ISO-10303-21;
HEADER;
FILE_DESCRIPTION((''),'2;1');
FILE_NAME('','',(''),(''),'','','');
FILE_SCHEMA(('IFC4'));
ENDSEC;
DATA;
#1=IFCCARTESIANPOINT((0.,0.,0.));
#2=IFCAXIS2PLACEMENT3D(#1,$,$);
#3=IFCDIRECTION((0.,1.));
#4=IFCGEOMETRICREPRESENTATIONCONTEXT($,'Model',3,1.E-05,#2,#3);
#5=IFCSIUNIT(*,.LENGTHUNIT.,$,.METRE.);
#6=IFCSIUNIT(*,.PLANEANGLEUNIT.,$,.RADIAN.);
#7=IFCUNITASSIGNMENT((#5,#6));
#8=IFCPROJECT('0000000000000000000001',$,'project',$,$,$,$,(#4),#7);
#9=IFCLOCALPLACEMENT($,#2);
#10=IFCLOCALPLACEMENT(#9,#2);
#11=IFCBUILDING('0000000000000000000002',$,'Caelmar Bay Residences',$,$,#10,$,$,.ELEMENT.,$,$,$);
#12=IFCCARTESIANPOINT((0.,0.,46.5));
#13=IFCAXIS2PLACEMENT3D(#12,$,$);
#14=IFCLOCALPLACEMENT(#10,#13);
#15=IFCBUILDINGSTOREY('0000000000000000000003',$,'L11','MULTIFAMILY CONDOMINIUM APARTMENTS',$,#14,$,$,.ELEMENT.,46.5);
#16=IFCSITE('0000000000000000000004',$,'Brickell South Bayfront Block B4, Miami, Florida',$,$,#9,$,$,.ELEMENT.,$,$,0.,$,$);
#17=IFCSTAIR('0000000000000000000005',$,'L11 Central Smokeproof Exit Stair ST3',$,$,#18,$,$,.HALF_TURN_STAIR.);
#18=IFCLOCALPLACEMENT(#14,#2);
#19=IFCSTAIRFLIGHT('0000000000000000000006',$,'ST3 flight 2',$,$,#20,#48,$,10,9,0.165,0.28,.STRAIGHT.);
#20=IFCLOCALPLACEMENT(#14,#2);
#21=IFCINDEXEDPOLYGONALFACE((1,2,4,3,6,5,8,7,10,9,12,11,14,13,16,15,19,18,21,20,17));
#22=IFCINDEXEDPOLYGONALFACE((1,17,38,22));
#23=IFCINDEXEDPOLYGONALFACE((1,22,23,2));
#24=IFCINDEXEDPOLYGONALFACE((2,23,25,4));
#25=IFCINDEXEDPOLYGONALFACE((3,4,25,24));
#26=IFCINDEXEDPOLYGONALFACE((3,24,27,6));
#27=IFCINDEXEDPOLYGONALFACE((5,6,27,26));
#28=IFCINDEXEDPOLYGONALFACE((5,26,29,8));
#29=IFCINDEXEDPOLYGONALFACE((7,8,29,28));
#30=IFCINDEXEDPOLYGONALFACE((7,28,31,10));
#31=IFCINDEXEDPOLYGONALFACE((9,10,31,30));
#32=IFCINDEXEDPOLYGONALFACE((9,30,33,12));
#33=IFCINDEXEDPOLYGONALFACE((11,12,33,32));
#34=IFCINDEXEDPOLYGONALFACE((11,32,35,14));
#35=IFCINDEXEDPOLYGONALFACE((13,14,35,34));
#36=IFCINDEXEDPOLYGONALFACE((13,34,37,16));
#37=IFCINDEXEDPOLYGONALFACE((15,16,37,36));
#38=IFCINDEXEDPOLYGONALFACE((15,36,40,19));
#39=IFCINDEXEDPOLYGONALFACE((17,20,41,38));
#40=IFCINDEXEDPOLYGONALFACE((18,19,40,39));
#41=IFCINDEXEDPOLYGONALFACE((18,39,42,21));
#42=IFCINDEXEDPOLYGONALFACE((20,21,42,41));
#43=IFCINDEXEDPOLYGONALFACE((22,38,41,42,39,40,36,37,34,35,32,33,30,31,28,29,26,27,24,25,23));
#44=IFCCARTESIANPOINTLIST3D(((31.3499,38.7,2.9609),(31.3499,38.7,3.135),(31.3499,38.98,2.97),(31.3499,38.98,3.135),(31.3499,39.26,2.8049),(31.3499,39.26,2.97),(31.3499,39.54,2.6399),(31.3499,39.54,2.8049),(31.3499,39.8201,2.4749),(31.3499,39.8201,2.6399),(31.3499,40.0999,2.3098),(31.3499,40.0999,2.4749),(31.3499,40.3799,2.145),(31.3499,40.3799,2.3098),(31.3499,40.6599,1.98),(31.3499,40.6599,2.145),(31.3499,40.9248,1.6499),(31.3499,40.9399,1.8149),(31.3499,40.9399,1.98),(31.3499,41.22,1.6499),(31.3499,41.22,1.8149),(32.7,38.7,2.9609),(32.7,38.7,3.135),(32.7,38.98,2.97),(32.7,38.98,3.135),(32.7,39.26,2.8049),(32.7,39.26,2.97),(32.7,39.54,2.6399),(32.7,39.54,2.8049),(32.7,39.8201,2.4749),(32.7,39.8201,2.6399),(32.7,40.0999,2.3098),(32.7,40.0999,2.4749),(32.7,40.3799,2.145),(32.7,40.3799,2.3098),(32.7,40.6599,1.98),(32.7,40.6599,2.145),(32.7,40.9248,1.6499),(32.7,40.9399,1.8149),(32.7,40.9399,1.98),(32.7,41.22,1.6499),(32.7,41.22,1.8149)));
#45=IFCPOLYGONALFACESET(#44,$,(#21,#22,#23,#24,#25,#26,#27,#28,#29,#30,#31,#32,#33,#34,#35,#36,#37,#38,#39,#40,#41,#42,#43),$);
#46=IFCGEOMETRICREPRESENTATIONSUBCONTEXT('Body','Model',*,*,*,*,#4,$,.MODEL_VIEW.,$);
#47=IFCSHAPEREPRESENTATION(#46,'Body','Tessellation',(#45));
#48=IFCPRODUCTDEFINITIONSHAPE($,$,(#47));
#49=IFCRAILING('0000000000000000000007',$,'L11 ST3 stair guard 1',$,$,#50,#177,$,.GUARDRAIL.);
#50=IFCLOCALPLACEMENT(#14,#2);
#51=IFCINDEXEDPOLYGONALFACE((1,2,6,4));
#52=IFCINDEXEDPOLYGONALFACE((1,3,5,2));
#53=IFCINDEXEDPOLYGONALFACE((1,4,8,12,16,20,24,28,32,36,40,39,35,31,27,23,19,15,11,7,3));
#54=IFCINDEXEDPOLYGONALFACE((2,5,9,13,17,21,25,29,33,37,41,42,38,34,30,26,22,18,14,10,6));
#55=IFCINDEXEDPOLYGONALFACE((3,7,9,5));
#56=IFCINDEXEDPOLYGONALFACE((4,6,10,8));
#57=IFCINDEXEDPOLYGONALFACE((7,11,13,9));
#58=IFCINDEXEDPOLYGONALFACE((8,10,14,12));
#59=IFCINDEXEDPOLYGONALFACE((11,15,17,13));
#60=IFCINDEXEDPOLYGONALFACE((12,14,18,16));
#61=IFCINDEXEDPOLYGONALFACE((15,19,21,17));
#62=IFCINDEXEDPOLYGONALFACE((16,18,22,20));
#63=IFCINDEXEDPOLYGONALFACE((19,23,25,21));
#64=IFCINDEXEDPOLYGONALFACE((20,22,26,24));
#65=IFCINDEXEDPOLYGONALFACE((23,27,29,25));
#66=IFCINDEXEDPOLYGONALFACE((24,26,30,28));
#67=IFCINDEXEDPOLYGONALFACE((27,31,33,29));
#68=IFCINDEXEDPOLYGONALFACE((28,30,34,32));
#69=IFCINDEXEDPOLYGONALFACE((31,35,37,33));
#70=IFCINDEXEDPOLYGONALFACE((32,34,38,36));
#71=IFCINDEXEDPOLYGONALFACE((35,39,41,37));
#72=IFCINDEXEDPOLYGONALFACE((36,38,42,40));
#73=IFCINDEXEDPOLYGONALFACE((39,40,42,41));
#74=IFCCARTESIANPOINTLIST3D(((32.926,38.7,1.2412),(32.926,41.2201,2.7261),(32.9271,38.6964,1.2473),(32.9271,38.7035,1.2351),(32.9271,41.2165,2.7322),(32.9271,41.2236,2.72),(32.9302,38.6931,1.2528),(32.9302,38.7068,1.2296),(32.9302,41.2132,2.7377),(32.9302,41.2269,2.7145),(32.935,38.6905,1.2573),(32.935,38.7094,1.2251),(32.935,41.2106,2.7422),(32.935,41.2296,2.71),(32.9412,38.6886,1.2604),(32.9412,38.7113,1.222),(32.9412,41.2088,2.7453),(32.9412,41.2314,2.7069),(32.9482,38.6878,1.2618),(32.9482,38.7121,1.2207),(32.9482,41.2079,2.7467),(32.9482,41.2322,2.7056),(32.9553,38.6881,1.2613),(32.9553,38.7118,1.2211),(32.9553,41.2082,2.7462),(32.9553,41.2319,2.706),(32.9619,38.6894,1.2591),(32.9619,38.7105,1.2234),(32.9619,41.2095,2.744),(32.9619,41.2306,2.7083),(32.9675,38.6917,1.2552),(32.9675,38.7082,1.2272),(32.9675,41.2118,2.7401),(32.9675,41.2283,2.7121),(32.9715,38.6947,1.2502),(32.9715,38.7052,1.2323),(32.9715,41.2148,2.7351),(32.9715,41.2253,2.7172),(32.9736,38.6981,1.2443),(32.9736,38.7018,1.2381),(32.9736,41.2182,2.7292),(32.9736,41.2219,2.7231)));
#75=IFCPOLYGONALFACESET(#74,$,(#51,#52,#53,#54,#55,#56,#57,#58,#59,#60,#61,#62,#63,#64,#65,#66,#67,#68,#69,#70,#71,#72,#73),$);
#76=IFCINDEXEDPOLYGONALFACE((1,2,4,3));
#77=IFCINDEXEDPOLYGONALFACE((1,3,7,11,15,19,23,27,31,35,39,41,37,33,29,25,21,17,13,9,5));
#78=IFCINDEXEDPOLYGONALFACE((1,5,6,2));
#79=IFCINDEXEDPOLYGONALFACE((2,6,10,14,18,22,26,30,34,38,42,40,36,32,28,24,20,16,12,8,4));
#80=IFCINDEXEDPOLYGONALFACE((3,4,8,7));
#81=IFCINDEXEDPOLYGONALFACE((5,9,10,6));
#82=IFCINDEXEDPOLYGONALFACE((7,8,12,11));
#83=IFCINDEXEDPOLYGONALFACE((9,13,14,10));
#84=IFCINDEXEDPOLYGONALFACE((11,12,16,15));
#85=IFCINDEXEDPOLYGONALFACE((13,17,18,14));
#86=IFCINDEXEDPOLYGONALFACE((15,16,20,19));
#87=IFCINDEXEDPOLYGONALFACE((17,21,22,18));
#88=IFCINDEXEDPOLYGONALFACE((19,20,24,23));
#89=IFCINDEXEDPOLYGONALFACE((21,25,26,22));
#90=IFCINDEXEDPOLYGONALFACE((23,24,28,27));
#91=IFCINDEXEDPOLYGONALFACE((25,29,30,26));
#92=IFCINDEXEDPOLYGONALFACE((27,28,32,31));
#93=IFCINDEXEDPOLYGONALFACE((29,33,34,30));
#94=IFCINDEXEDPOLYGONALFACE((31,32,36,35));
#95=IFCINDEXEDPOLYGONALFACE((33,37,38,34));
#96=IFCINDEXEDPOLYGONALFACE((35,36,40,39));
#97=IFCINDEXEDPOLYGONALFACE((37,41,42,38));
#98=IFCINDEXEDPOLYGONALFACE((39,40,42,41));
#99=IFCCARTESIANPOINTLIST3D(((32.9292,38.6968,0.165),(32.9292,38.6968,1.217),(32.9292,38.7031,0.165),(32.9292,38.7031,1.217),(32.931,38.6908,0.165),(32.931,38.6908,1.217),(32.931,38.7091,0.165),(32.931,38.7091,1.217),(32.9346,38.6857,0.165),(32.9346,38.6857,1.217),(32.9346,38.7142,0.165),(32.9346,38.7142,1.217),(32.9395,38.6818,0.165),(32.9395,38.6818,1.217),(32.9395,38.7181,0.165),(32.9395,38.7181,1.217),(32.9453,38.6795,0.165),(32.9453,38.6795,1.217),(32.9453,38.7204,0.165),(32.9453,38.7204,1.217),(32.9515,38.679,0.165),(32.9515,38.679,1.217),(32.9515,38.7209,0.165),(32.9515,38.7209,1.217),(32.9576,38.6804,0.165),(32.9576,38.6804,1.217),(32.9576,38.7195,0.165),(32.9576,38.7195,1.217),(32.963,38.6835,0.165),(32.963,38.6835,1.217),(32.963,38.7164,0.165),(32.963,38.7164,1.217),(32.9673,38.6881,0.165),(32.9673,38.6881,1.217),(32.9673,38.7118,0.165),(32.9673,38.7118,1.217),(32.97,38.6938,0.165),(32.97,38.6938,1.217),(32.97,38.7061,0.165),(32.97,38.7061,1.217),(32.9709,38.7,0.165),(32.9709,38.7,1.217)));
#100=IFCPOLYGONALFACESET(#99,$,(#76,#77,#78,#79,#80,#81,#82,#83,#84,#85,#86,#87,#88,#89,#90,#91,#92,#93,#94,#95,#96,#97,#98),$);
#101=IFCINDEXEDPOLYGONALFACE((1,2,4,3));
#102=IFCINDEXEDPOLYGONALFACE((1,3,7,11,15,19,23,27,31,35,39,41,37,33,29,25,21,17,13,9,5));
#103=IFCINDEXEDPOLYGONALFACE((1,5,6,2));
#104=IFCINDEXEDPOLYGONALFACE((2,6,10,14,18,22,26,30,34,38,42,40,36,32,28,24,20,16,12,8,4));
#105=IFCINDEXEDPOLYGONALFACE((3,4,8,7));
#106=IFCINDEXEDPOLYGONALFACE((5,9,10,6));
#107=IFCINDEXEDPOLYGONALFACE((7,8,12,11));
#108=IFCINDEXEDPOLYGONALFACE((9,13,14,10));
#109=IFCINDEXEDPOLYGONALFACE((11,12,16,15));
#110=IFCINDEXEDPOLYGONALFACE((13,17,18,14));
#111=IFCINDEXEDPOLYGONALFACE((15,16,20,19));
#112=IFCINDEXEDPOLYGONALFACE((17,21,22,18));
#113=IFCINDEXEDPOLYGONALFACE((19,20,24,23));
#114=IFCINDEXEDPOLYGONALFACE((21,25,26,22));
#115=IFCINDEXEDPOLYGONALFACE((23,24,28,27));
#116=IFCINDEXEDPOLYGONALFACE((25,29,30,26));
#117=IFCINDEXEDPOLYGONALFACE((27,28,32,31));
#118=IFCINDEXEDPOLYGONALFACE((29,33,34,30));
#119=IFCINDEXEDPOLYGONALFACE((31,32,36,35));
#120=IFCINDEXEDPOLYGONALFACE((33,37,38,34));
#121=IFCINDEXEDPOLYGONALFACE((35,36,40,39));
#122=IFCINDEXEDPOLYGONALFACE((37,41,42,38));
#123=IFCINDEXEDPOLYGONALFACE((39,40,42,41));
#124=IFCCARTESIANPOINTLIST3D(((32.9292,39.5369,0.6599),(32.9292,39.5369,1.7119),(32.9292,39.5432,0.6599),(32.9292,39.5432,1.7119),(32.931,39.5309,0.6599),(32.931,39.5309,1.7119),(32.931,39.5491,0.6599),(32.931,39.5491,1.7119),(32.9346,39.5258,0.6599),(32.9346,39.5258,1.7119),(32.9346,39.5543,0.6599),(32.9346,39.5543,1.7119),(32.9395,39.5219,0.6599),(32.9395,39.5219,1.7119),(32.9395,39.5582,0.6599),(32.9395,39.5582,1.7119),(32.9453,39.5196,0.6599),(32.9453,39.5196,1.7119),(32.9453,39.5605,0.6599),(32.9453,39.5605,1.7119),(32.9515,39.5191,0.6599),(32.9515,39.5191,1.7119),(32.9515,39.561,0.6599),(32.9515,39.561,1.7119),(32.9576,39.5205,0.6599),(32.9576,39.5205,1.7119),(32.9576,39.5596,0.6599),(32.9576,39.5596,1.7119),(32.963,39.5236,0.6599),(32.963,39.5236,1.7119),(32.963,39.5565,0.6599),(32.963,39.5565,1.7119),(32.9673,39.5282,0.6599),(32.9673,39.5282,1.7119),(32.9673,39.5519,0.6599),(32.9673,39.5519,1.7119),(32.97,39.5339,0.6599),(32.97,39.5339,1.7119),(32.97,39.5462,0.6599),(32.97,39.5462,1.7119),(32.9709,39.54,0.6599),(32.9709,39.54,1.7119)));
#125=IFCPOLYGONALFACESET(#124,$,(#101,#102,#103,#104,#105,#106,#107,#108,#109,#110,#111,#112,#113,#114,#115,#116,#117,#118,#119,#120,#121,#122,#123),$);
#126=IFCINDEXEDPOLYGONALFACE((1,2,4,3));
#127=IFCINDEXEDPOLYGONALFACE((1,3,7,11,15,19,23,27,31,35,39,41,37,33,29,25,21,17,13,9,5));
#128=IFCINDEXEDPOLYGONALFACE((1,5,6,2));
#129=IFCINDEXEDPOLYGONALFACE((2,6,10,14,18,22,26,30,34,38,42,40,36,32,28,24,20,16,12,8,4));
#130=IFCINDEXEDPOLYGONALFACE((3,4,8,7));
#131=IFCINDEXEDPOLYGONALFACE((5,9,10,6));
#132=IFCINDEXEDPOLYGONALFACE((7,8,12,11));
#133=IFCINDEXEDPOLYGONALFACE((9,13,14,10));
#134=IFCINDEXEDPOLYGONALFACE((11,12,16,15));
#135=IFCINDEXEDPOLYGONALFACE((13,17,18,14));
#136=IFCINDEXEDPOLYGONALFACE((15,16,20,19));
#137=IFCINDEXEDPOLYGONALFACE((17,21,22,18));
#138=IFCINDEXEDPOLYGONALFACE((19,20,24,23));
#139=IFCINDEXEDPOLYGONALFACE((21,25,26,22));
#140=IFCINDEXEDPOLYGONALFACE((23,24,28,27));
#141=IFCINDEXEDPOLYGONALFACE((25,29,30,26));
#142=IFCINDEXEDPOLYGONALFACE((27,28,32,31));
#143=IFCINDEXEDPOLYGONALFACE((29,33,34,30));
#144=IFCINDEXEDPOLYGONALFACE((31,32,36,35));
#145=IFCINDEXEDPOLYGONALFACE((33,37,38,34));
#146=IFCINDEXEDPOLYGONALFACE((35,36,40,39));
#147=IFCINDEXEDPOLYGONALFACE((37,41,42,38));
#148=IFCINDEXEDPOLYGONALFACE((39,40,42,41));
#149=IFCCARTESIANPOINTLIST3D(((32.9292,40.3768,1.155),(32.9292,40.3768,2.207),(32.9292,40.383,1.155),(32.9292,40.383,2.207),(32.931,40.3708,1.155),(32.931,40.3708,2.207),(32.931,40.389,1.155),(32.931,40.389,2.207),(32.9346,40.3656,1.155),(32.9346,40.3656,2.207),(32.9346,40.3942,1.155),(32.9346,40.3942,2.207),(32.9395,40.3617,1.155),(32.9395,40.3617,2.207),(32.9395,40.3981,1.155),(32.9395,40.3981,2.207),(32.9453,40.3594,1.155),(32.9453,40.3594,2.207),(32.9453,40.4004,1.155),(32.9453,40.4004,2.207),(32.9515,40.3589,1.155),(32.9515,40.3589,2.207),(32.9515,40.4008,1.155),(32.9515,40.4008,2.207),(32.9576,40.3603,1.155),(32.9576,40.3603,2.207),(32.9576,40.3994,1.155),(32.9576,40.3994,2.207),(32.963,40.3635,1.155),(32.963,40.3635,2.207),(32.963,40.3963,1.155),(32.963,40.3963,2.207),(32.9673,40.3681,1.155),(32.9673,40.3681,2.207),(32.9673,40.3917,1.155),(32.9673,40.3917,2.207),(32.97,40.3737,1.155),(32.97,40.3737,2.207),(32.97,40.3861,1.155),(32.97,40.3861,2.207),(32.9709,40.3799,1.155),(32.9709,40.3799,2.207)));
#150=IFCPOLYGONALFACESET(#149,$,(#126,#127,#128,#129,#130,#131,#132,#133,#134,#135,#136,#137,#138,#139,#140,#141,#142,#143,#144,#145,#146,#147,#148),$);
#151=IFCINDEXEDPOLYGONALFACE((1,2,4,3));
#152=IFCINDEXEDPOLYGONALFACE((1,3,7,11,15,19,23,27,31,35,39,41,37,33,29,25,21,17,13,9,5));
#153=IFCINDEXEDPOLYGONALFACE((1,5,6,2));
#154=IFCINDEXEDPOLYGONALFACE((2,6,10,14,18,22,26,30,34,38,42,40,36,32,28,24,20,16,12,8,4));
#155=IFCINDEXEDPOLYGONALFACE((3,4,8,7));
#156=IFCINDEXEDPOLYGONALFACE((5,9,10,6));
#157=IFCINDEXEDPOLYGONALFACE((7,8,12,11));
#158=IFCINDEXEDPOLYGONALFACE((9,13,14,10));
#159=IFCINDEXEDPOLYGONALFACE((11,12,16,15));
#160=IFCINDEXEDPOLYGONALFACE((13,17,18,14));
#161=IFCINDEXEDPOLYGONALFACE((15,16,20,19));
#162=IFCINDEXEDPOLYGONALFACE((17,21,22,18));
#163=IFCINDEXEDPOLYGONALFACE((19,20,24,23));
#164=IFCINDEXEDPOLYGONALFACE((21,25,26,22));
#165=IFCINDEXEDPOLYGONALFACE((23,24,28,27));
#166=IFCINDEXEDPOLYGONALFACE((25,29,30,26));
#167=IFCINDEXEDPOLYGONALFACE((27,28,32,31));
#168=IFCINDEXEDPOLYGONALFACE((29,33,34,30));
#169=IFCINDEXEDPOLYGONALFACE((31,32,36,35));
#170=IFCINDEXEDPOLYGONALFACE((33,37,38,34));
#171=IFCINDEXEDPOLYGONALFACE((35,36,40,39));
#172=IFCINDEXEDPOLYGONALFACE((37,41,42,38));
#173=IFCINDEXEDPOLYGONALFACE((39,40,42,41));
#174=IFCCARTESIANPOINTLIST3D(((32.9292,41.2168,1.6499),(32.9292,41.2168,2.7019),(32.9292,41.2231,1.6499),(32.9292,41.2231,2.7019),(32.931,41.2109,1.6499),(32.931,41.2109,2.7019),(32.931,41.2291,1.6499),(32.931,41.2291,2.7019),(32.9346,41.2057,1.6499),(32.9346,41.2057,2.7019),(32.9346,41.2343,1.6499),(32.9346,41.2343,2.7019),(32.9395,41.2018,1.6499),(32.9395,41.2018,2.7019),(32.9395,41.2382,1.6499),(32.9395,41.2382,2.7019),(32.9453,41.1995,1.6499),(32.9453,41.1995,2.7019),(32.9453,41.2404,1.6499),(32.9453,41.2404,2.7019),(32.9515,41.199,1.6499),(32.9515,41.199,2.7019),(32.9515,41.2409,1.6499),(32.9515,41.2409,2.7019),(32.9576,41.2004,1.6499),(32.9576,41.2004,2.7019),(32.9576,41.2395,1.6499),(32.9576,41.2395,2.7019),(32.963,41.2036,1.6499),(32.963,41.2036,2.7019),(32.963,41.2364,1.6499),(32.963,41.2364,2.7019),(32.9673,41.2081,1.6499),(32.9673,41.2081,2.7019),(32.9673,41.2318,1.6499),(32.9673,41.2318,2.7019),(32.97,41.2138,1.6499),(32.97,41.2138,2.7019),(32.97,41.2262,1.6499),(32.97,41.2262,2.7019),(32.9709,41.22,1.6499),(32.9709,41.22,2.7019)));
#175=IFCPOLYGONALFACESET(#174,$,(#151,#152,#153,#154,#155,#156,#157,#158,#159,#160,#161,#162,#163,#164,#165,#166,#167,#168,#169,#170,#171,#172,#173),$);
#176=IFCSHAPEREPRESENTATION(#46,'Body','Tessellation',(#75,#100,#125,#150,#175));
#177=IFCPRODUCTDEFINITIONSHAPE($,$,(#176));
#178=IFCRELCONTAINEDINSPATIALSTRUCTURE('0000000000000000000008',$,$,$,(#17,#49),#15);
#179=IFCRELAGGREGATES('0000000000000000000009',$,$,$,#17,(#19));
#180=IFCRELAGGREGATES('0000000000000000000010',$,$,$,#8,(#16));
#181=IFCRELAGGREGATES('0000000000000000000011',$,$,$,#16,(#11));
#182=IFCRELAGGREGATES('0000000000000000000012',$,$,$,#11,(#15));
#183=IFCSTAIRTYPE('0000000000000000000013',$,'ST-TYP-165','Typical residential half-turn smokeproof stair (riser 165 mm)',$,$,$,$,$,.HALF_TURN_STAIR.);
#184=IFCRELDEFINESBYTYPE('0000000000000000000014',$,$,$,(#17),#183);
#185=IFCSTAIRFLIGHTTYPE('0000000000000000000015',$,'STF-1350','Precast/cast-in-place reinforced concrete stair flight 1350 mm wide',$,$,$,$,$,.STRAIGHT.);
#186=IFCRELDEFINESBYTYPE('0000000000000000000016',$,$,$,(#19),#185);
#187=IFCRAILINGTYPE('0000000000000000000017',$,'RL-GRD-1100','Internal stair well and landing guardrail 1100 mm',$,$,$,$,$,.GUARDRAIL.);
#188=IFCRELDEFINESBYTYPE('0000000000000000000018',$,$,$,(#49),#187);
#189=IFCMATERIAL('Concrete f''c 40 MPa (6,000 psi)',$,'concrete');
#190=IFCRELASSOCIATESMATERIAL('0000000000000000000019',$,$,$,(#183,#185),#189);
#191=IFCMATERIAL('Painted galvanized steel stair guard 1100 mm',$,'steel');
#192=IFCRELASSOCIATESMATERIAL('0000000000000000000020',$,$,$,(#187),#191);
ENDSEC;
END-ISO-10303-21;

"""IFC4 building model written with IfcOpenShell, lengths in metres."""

from ifc_helpers import new_model, si_unit, direction, frame, origin, origin_2d, place, context, subcontext, project, spatial, polyline, circle, outline, extrude, material, type_object, element, aggregate, save


model = new_model("IFC4")

# Units and contexts
model_context = context("Model", 3, precision=1e-05, world=origin(), true_north=direction((0.0, 1.0)))
body_context = subcontext(model_context, "Body", "Model", "MODEL_VIEW")
ifc_project = project(units=[si_unit("LENGTHUNIT", "METRE"), si_unit("PLANEANGLEUNIT", "RADIAN")], contexts=[model_context])

# Site, building, storey
site_placement = place(None, origin())
site = spatial("IfcSite", under=ifc_project, at=site_placement, Name="Brickell South Bayfront Block B4, Miami, Florida", CompositionType="ELEMENT", RefElevation=0.0)
building_placement = place(site_placement, origin())
building = spatial("IfcBuilding", under=site, at=building_placement, Name="Caelmar Bay Residences", CompositionType="ELEMENT")
storey_placement = place(building_placement, frame((0.0, 0.0, 46.5)))
storey = spatial("IfcBuildingStorey", under=building, at=storey_placement, Name="L11", Description="MULTIFAMILY CONDOMINIUM APARTMENTS", CompositionType="ELEMENT", Elevation=46.5)

# Stair, stair flight
ifc_material_1 = material(Name="Concrete f'c 40 MPa (6,000 psi)", Category="concrete")
stair_type = type_object("IfcStairType", Name="ST-TYP-165", Description="Typical residential half-turn smokeproof stair (riser 165 mm)", PredefinedType="HALF_TURN_STAIR", material=ifc_material_1)
stair_placement = place(storey_placement, origin())
stair = element("IfcStair", 1, at=stair_placement, inside=storey, type_object=stair_type, Name="L11 Central Smokeproof Exit Stair ST3", PredefinedType="HALF_TURN_STAIR")
stair_flight_type = type_object("IfcStairFlightType", Name="STF-1350", Description="Precast/cast-in-place reinforced concrete stair flight 1350 mm wide", PredefinedType="STRAIGHT", material=ifc_material_1)
stair_flight_1_placement = place(storey_placement, frame((32.0249, 41.22, 1.6499), z_axis=(0.0, 0.0, 1.0), x_axis=(0.0, -1.0, 0.0)))
stair_flight_1 = element("IfcStairFlight", 2, at=stair_flight_1_placement, type_object=stair_flight_type, Name="ST3 flight 2", NumberOfRisers=10, NumberOfTreads=9, PredefinedType="STRAIGHT", RiserHeight=0.165, TreadLength=0.28, context=body_context, shape_type="SweptSolid", body=[
    extrude(outline(polyline([(0.0, 0.0), (0.0, 0.165), (0.28, 0.165), (0.28, 0.3301), (0.5601, 0.3301), (0.5601, 0.4951), (0.8401, 0.4951), (0.8401, 0.6599), (1.1201, 0.6599), (1.1201, 0.825), (1.3999, 0.825), (1.3999, 0.99), (1.6799, 0.99), (1.6799, 1.155), (1.96, 1.155), (1.96, 1.3201), (2.24, 1.3201), (2.24, 1.4851), (2.52, 1.4851), (2.52, 1.6499), (2.52, 1.311), (0.2952, 0.0), (0.0, 0.0)])), frame((0.0, 0.675, 0.0), z_axis=(0.0, -1.0, 0.0), x_axis=(1.0, 0.0, 0.0)), (0.0, 0.0, 1.0), 1.3501),
])
aggregate(stair, [stair_flight_1])

# Railing
ifc_material_2 = material(Name="Painted galvanized steel stair guard 1100 mm", Category="steel")
railing_type_1 = type_object("IfcRailingType", Name="RL-GRD-1100", Description="Internal stair well and landing guardrail 1100 mm", PredefinedType="GUARDRAIL", material=ifc_material_2)
railing_1_placement = place(storey_placement, frame((32.95, 38.7, 0.165)))
element("IfcRailing", 3, at=railing_1_placement, inside=storey, type_object=railing_type_1, Name="L11 ST3 stair guard 1", PredefinedType="GUARDRAIL", context=body_context, shape_type="SweptSolid", body=[
    extrude(circle(Radius=0.0239, at=origin_2d()), frame((0.0, 0.0, 1.0762), z_axis=(0.0, 0.861561, 0.507655), x_axis=(-1.0, 0.0, 0.0)), (0.0, 0.0, 1.0), 2.925),
    extrude(circle(Radius=0.021, at=origin_2d()), origin(), (0.0, 0.0, 1.0), 1.052),
    extrude(circle(Radius=0.021, at=origin_2d()), frame((0.0, 0.8401, 0.4949)), (0.0, 0.0, 1.0), 1.052),
    extrude(circle(Radius=0.021, at=origin_2d()), frame((0.0, 1.6799, 0.99)), (0.0, 0.0, 1.0), 1.052),
    extrude(circle(Radius=0.021, at=origin_2d()), frame((0.0, 2.52, 1.4849)), (0.0, 0.0, 1.0), 1.052),
])

save(model, "model.ifc")
